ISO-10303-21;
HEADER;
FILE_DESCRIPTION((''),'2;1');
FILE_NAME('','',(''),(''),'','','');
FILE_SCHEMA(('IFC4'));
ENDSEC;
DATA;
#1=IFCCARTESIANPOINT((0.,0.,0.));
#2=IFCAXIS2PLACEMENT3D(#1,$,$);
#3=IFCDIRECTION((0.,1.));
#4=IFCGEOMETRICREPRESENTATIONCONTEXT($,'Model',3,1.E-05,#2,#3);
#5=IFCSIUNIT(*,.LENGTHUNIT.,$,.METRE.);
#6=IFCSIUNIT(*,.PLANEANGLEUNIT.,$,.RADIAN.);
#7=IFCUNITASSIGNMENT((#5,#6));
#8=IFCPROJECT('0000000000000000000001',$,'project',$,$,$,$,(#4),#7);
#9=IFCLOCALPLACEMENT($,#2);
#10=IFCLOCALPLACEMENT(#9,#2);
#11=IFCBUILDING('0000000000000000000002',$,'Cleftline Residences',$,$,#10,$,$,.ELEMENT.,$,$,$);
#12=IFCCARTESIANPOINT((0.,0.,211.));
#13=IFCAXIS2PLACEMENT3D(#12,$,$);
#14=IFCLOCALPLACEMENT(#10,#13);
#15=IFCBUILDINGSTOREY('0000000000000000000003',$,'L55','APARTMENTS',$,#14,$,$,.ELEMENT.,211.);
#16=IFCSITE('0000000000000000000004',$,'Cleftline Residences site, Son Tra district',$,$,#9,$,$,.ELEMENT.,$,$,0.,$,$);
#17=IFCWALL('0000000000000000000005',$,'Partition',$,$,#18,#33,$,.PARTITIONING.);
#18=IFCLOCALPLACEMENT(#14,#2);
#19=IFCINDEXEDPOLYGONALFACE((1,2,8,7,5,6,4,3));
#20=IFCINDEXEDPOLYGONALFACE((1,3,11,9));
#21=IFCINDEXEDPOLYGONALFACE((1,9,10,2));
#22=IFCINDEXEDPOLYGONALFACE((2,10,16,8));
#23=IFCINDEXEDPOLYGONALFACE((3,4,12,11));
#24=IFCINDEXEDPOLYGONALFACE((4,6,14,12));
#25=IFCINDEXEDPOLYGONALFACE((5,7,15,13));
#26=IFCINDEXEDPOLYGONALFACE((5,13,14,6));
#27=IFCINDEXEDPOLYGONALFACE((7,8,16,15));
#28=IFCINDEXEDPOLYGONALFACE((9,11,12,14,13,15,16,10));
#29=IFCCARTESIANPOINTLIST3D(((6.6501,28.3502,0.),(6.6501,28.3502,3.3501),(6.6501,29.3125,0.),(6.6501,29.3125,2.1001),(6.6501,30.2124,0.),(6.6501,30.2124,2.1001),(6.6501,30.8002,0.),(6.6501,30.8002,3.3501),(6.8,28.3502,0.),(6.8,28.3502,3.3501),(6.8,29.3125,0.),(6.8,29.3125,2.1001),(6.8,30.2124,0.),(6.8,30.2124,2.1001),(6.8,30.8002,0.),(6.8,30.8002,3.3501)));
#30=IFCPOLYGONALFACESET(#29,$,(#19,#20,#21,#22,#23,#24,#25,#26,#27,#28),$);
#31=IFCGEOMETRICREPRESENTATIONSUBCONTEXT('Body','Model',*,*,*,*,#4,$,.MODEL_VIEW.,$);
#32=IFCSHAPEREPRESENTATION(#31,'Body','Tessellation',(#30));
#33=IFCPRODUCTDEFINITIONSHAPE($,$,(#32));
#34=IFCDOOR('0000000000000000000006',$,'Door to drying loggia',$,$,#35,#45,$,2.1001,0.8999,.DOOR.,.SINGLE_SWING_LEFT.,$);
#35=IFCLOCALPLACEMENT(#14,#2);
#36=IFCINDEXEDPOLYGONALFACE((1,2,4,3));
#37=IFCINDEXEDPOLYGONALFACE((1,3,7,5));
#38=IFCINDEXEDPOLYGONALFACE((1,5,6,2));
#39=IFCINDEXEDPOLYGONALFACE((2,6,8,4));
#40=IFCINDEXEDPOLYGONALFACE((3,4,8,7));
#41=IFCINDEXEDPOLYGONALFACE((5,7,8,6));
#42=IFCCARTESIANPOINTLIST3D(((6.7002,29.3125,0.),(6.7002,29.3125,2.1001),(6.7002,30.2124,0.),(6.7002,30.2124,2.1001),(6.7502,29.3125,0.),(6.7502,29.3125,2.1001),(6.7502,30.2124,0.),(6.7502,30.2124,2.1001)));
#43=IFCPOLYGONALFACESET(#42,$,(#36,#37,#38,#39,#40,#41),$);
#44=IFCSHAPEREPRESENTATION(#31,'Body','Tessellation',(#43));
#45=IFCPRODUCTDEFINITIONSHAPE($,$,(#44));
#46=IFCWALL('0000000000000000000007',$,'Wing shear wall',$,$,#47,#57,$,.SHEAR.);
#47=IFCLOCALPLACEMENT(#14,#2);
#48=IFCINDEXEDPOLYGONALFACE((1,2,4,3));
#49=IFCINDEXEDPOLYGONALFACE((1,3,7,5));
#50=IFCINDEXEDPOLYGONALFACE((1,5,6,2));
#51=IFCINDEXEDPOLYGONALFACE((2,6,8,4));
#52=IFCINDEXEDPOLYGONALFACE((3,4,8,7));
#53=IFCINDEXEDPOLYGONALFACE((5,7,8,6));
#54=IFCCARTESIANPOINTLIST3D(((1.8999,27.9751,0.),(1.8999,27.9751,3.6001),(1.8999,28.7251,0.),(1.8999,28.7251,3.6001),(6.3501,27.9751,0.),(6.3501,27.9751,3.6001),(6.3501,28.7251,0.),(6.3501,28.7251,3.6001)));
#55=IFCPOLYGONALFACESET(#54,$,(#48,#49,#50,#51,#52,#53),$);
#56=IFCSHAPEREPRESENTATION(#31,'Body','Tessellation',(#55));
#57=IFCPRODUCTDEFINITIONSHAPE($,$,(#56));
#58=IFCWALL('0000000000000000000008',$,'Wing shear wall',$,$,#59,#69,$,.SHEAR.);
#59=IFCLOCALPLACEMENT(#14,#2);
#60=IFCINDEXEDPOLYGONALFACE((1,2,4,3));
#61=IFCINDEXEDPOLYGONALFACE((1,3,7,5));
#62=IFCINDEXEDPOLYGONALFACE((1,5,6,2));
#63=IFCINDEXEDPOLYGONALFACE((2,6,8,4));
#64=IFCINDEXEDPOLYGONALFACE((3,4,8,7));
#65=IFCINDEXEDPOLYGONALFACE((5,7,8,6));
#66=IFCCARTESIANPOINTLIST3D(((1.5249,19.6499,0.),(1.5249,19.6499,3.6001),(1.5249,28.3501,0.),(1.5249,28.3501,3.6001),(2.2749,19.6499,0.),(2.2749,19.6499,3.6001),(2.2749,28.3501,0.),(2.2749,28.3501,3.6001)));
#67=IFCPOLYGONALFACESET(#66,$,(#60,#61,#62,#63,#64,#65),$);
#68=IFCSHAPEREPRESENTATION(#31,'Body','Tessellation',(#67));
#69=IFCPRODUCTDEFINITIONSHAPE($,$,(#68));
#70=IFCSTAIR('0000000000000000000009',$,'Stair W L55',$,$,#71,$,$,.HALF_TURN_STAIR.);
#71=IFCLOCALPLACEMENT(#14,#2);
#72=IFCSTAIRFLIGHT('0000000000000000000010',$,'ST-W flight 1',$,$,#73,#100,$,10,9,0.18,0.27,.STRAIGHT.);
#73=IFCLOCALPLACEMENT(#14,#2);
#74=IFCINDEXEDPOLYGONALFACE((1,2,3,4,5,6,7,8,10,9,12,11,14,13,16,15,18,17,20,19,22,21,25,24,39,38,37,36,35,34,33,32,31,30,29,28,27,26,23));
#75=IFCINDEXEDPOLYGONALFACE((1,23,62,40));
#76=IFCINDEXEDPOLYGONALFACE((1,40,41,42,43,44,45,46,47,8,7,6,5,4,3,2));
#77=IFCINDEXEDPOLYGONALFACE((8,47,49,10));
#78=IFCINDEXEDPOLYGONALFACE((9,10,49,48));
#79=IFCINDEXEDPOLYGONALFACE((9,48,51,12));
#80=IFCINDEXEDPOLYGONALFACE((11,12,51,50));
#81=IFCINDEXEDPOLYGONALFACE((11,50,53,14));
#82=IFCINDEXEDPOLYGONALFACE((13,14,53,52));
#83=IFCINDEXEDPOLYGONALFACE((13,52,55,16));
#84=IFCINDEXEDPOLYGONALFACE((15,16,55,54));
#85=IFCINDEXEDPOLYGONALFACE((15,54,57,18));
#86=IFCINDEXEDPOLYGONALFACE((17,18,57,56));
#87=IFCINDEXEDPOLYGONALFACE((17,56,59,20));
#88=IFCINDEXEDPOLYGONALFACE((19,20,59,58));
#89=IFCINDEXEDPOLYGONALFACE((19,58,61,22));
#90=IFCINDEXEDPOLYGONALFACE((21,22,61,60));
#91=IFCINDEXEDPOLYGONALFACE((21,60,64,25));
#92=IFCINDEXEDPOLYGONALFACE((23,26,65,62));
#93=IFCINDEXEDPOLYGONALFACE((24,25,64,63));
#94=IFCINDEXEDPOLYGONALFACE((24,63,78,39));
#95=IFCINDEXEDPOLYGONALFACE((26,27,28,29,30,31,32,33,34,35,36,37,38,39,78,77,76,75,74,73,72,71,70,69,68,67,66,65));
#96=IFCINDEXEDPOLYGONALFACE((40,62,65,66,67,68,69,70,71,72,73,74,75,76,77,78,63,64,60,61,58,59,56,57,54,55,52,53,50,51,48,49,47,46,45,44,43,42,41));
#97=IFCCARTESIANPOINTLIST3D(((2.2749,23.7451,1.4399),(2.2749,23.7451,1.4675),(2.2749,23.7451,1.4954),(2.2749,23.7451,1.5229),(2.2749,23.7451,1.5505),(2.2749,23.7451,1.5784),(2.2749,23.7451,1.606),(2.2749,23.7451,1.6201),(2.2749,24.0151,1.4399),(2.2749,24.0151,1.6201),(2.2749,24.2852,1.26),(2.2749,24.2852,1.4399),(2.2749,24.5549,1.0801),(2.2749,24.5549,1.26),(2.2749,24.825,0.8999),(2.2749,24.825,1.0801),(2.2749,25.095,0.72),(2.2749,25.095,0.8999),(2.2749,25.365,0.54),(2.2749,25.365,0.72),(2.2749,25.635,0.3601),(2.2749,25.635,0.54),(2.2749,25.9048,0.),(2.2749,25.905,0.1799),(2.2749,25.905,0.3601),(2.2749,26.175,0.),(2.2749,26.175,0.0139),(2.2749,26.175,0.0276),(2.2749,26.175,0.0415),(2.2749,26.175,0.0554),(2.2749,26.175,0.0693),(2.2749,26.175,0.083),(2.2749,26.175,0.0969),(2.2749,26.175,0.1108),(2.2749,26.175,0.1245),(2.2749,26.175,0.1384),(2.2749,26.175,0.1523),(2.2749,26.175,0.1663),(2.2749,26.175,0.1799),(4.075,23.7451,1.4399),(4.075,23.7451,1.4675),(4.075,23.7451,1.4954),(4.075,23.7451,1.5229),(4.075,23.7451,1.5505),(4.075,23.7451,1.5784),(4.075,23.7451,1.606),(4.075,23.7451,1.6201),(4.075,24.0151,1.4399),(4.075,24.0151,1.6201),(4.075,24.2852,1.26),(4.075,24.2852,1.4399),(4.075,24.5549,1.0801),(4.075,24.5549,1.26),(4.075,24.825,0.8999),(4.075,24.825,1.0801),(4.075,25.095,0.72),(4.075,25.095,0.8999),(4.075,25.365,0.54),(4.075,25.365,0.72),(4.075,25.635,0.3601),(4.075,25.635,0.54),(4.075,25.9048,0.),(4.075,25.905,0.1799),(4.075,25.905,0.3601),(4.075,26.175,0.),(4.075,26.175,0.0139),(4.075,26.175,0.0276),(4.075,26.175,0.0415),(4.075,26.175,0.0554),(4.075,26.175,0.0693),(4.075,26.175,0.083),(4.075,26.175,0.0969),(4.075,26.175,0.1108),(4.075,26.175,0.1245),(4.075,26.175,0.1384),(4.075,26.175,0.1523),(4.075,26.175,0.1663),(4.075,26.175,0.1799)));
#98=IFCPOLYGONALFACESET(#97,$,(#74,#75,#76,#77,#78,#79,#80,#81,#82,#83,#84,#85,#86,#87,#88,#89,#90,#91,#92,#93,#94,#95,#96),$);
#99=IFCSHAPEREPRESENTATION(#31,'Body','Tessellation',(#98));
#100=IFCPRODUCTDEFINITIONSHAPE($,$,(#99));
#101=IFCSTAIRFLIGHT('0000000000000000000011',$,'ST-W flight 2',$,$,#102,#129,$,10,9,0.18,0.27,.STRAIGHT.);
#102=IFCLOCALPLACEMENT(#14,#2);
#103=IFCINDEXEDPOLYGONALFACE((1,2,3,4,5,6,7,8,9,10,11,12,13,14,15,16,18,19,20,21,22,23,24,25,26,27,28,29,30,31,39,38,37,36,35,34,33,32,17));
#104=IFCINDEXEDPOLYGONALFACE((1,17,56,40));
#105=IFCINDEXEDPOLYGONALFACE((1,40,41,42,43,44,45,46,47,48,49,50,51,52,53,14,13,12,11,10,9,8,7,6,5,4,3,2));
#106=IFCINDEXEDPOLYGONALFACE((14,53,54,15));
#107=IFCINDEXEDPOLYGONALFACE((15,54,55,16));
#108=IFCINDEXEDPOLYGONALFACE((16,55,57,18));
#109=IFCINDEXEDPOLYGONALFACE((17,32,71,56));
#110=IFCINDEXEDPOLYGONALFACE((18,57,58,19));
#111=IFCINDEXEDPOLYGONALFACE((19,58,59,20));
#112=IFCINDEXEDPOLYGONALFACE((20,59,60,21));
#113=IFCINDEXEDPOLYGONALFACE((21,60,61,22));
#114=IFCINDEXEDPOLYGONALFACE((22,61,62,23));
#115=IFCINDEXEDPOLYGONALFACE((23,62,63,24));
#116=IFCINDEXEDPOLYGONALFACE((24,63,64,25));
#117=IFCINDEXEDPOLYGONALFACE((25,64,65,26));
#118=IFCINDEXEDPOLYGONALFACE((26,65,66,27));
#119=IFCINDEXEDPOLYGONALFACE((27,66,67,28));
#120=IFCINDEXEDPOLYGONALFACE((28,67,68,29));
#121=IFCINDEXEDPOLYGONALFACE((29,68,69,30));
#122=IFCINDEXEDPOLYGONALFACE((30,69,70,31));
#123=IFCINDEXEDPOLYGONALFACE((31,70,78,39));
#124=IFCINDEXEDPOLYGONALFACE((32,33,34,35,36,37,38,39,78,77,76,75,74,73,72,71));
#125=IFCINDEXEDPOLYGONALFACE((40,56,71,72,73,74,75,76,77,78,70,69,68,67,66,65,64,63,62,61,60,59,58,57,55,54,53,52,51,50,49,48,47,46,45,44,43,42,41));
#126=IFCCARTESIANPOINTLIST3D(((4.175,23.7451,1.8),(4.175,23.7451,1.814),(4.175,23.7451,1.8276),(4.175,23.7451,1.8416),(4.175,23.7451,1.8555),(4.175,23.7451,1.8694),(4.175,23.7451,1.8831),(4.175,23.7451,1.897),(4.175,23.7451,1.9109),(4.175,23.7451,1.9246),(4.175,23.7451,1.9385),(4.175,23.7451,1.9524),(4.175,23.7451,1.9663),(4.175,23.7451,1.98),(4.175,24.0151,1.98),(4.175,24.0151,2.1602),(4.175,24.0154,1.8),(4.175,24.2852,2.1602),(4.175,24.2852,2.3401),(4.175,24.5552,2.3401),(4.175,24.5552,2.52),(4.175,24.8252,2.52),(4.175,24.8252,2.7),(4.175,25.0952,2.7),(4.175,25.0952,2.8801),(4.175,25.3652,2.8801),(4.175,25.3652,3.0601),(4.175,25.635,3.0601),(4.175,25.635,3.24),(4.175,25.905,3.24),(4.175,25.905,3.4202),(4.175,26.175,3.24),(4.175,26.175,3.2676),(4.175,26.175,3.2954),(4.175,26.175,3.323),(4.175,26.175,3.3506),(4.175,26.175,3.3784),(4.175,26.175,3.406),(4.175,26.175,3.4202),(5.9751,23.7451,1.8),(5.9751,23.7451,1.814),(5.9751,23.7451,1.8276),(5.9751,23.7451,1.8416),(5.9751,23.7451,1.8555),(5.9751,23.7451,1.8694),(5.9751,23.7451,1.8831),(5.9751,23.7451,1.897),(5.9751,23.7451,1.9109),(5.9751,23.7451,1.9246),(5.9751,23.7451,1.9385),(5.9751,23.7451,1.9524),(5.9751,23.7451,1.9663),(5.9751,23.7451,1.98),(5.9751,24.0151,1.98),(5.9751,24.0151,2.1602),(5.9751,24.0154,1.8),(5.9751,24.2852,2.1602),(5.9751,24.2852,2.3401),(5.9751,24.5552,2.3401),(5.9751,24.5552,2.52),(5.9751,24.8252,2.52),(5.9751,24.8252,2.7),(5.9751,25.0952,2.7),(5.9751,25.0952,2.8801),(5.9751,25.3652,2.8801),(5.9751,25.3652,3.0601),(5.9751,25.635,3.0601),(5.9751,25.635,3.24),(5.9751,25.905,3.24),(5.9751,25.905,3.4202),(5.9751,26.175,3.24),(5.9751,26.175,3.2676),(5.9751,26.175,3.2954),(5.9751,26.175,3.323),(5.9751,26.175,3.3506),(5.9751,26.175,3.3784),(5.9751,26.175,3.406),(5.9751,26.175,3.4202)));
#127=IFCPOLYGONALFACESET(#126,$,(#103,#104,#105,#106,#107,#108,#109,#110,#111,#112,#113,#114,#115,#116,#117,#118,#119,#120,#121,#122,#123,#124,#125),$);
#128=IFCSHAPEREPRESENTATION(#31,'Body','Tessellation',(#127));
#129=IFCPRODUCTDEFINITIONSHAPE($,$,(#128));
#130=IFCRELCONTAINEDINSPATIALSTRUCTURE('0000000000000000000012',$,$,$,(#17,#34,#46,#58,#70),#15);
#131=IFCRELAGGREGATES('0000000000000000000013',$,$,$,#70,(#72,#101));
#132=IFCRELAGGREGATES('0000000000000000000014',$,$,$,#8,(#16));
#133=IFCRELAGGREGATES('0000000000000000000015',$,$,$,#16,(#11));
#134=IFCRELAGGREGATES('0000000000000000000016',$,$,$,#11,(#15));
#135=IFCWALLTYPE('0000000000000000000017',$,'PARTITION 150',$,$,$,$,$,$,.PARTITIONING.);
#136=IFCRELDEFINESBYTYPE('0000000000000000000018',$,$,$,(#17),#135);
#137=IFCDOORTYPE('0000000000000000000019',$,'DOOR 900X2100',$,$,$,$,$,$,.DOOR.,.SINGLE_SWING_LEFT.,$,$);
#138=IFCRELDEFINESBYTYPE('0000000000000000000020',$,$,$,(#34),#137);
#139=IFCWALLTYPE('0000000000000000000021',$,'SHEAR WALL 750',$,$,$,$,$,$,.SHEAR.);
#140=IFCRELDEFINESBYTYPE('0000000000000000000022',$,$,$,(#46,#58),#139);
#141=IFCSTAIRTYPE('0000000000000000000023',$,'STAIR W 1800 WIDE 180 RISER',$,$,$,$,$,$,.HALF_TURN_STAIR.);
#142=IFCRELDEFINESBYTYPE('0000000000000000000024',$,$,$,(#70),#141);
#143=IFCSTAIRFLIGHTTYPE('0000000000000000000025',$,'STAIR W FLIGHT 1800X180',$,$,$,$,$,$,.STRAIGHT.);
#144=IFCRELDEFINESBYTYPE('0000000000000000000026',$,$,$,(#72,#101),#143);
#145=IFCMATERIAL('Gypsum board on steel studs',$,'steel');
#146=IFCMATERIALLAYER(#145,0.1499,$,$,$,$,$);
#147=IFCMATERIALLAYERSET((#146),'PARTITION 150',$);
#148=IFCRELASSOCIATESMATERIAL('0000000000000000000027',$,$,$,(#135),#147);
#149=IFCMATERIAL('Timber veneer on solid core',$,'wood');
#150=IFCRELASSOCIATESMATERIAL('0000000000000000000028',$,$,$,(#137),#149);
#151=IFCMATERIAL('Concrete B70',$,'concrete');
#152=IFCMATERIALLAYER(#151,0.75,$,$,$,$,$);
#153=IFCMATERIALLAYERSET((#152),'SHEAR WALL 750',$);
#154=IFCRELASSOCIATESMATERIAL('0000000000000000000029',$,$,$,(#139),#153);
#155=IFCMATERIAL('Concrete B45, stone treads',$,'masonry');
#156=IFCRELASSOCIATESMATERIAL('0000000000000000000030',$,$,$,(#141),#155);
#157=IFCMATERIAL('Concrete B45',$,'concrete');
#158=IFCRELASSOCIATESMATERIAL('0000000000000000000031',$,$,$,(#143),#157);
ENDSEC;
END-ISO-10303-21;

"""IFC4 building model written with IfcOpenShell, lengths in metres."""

from ifc_helpers import new_model, si_unit, direction, frame, frame_2d, origin, place, context, subcontext, project, spatial, polyline, rectangle, outline, extrude, material, layer, layer_set, type_object, element, fill, aggregate, save


model = new_model("IFC4")

# Units and contexts
model_context = context("Model", 3, precision=1e-05, world=origin(), true_north=direction((0.0, 1.0)))
body_context = subcontext(model_context, "Body", "Model", "MODEL_VIEW")
ifc_project = project(units=[si_unit("LENGTHUNIT", "METRE"), si_unit("PLANEANGLEUNIT", "RADIAN")], contexts=[model_context])

# Site, building, storey
site_placement = place(None, origin())
site = spatial("IfcSite", under=ifc_project, at=site_placement, Name="Cleftline Residences site, Son Tra district", CompositionType="ELEMENT", RefElevation=0.0)
building_placement = place(site_placement, origin())
building = spatial("IfcBuilding", under=site, at=building_placement, Name="Cleftline Residences", CompositionType="ELEMENT")
storey_placement = place(building_placement, frame((0.0, 0.0, 211.0)))
storey = spatial("IfcBuildingStorey", under=building, at=storey_placement, Name="L55", Description="APARTMENTS", CompositionType="ELEMENT", Elevation=211.0)

# Wall, opening, door
ifc_material_1 = material(Name="Gypsum board on steel studs", Category="steel")
ifc_layer_1 = layer(ifc_material_1, 0.1499)
ifc_layer_set_1 = layer_set([ifc_layer_1], Name="PARTITION 150")
wall_type_1 = type_object("IfcWallType", Name="PARTITION 150", PredefinedType="PARTITIONING", material=ifc_layer_set_1)
wall_1_placement = place(storey_placement, frame((6.7251, 28.3501, 0.0), z_axis=(0.0, 0.0, 1.0), x_axis=(0.0, 1.0, 0.0)))
wall_1 = element("IfcWall", 1, at=wall_1_placement, inside=storey, type_object=wall_type_1, Name="Partition", PredefinedType="PARTITIONING", context=body_context, shape_type="SweptSolid", body=[
    extrude(rectangle(XDim=2.45, YDim=0.1499, at=frame_2d((1.2251, 0.0))), origin(), (0.0, 0.0, 1.0), 3.3501),
])
opening_1_placement = place(wall_1_placement, frame((0.9624, 0.0, 0.0)))
opening_1 = element("IfcOpeningElement", 2, at=opening_1_placement, cuts=wall_1, PredefinedType="OPENING", context=body_context, shape_type="SweptSolid", body=[
    extrude(rectangle(XDim=0.8999, YDim=2.1001, at=frame_2d((0.45, 1.05))), frame((0.0, 0.085, 0.0), z_axis=(0.0, -1.0, 0.0), x_axis=(1.0, 0.0, 0.0)), (0.0, 0.0, 1.0), 0.1699),
])
ifc_material_2 = material(Name="Timber veneer on solid core", Category="wood")
door_type_1 = type_object("IfcDoorType", Name="DOOR 900X2100", OperationType="SINGLE_SWING_LEFT", PredefinedType="DOOR", material=ifc_material_2)
door_1_placement = place(opening_1_placement, origin())
door_1 = element("IfcDoor", 3, at=door_1_placement, inside=storey, type_object=door_type_1, Name="Door to drying loggia", OperationType="SINGLE_SWING_LEFT", OverallHeight=2.1001, OverallWidth=0.8999, PredefinedType="DOOR", context=body_context, shape_type="SweptSolid", body=[
    extrude(rectangle(XDim=0.8999, YDim=2.1001, at=frame_2d((0.45, 1.05))), frame((0.0, 0.0249, 0.0), z_axis=(0.0, -1.0, 0.0), x_axis=(1.0, 0.0, 0.0)), (0.0, 0.0, 1.0), 0.05),
])
fill(opening_1, door_1)

# Walls
ifc_material_3 = material(Name="Concrete B70", Category="concrete")
ifc_layer_2 = layer(ifc_material_3, 0.75)
ifc_layer_set_2 = layer_set([ifc_layer_2], Name="SHEAR WALL 750")
wall_type_2 = type_object("IfcWallType", Name="SHEAR WALL 750", PredefinedType="SHEAR", material=ifc_layer_set_2)
wall_2_placement = place(storey_placement, frame((6.3501, 28.3501, 0.0), z_axis=(0.0, 0.0, 1.0), x_axis=(-1.0, 0.0, 0.0)))
element("IfcWall", 4, at=wall_2_placement, inside=storey, type_object=wall_type_2, Name="Wing shear wall", PredefinedType="SHEAR", context=body_context, shape_type="SweptSolid", body=[
    extrude(rectangle(XDim=4.4502, YDim=0.75, at=frame_2d((2.2251, 0.0))), origin(), (0.0, 0.0, 1.0), 3.6001),
])
wall_3_placement = place(storey_placement, frame((1.8999, 28.3501, 0.0), z_axis=(0.0, 0.0, 1.0), x_axis=(0.0, -1.0, 0.0)))
element("IfcWall", 5, at=wall_3_placement, inside=storey, type_object=wall_type_2, Name="Wing shear wall", PredefinedType="SHEAR", context=body_context, shape_type="SweptSolid", body=[
    extrude(rectangle(XDim=8.7002, YDim=0.75, at=frame_2d((4.3501, 0.0))), origin(), (0.0, 0.0, 1.0), 3.6001),
])

# Stair, stair flights
ifc_material_4 = material(Name="Concrete B45, stone treads", Category="masonry")
stair_type = type_object("IfcStairType", Name="STAIR W 1800 WIDE 180 RISER", PredefinedType="HALF_TURN_STAIR", material=ifc_material_4)
stair_placement = place(storey_placement, origin())
stair = element("IfcStair", 6, at=stair_placement, inside=storey, type_object=stair_type, Name="Stair W L55", PredefinedType="HALF_TURN_STAIR")
ifc_material_5 = material(Name="Concrete B45", Category="concrete")
stair_flight_type = type_object("IfcStairFlightType", Name="STAIR W FLIGHT 1800X180", PredefinedType="STRAIGHT", material=ifc_material_5)
stair_flight_1_placement = place(storey_placement, frame((3.175, 26.175, 0.0), z_axis=(0.0, 0.0, 1.0), x_axis=(0.0, -1.0, 0.0)))
stair_flight_1 = element("IfcStairFlight", 7, at=stair_flight_1_placement, type_object=stair_flight_type, Name="ST-W flight 1", NumberOfRisers=10, NumberOfTreads=9, PredefinedType="STRAIGHT", RiserHeight=0.18, TreadLength=0.27, context=body_context, shape_type="SweptSolid", body=[
    extrude(outline(polyline([(0.0, 0.0), (0.0, 0.0139), (0.0, 0.0276), (0.0, 0.0415), (0.0, 0.0554), (0.0, 0.0693), (0.0, 0.083), (0.0, 0.0969), (0.0, 0.1108), (0.0, 0.1245), (0.0, 0.1384), (0.0, 0.1523), (0.0, 0.1663), (0.0, 0.1799), (0.27, 0.1799), (0.27, 0.3601), (0.54, 0.3601), (0.54, 0.54), (0.8101, 0.54), (0.8101, 0.72), (1.0801, 0.72), (1.0801, 0.8999), (1.3501, 0.8999), (1.3501, 1.0801), (1.6201, 1.0801), (1.6201, 1.26), (1.8899, 1.26), (1.8899, 1.4399), (2.1599, 1.4399), (2.1599, 1.6201), (2.4299, 1.6201), (2.4299, 1.8), (2.4299, 1.7722), (2.4299, 1.7446), (2.4299, 1.7168), (2.4299, 1.6892), (2.4299, 1.6614), (2.4299, 1.6338), (2.4299, 1.606), (2.4299, 1.5784), (2.4299, 1.5505), (2.4299, 1.5229), (2.4299, 1.4954), (2.4299, 1.4675), (2.4299, 1.4399), (0.2703, 0.0), (0.0, 0.0)])), frame((0.0, 0.8999, 0.0), z_axis=(0.0, -1.0, 0.0), x_axis=(1.0, 0.0, 0.0)), (0.0, 0.0, 1.0), 1.8),
])
stair_flight_2_placement = place(storey_placement, frame((5.075, 23.7451, 1.8), z_axis=(0.0, 0.0, 1.0), x_axis=(0.0, 1.0, 0.0)))
stair_flight_2 = element("IfcStairFlight", 8, at=stair_flight_2_placement, type_object=stair_flight_type, Name="ST-W flight 2", NumberOfRisers=10, NumberOfTreads=9, PredefinedType="STRAIGHT", RiserHeight=0.18, TreadLength=0.27, context=body_context, shape_type="SweptSolid", body=[
    extrude(outline(polyline([(0.0, 0.0), (0.0, 0.0139), (0.0, 0.0276), (0.0, 0.0415), (0.0, 0.0554), (0.0, 0.0693), (0.0, 0.083), (0.0, 0.0969), (0.0, 0.1108), (0.0, 0.1245), (0.0, 0.1384), (0.0, 0.1523), (0.0, 0.1663), (0.0, 0.1799), (0.27, 0.1799), (0.27, 0.3601), (0.54, 0.3601), (0.54, 0.54), (0.8101, 0.54), (0.8101, 0.72), (1.0801, 0.72), (1.0801, 0.8999), (1.3501, 0.8999), (1.3501, 1.0801), (1.6201, 1.0801), (1.6201, 1.26), (1.8899, 1.26), (1.8899, 1.4399), (2.1599, 1.4399), (2.1599, 1.6201), (2.4299, 1.6201), (2.4299, 1.8), (2.4299, 1.7722), (2.4299, 1.7446), (2.4299, 1.7168), (2.4299, 1.6892), (2.4299, 1.6614), (2.4299, 1.6338), (2.4299, 1.606), (2.4299, 1.5784), (2.4299, 1.5505), (2.4299, 1.5229), (2.4299, 1.4954), (2.4299, 1.4675), (2.4299, 1.4399), (0.2703, 0.0), (0.0, 0.0)])), frame((0.0, 0.8999, 0.0), z_axis=(0.0, -1.0, 0.0), x_axis=(1.0, 0.0, 0.0)), (0.0, 0.0, 1.0), 1.8),
])
aggregate(stair, [stair_flight_1, stair_flight_2])

save(model, "model.ifc")
